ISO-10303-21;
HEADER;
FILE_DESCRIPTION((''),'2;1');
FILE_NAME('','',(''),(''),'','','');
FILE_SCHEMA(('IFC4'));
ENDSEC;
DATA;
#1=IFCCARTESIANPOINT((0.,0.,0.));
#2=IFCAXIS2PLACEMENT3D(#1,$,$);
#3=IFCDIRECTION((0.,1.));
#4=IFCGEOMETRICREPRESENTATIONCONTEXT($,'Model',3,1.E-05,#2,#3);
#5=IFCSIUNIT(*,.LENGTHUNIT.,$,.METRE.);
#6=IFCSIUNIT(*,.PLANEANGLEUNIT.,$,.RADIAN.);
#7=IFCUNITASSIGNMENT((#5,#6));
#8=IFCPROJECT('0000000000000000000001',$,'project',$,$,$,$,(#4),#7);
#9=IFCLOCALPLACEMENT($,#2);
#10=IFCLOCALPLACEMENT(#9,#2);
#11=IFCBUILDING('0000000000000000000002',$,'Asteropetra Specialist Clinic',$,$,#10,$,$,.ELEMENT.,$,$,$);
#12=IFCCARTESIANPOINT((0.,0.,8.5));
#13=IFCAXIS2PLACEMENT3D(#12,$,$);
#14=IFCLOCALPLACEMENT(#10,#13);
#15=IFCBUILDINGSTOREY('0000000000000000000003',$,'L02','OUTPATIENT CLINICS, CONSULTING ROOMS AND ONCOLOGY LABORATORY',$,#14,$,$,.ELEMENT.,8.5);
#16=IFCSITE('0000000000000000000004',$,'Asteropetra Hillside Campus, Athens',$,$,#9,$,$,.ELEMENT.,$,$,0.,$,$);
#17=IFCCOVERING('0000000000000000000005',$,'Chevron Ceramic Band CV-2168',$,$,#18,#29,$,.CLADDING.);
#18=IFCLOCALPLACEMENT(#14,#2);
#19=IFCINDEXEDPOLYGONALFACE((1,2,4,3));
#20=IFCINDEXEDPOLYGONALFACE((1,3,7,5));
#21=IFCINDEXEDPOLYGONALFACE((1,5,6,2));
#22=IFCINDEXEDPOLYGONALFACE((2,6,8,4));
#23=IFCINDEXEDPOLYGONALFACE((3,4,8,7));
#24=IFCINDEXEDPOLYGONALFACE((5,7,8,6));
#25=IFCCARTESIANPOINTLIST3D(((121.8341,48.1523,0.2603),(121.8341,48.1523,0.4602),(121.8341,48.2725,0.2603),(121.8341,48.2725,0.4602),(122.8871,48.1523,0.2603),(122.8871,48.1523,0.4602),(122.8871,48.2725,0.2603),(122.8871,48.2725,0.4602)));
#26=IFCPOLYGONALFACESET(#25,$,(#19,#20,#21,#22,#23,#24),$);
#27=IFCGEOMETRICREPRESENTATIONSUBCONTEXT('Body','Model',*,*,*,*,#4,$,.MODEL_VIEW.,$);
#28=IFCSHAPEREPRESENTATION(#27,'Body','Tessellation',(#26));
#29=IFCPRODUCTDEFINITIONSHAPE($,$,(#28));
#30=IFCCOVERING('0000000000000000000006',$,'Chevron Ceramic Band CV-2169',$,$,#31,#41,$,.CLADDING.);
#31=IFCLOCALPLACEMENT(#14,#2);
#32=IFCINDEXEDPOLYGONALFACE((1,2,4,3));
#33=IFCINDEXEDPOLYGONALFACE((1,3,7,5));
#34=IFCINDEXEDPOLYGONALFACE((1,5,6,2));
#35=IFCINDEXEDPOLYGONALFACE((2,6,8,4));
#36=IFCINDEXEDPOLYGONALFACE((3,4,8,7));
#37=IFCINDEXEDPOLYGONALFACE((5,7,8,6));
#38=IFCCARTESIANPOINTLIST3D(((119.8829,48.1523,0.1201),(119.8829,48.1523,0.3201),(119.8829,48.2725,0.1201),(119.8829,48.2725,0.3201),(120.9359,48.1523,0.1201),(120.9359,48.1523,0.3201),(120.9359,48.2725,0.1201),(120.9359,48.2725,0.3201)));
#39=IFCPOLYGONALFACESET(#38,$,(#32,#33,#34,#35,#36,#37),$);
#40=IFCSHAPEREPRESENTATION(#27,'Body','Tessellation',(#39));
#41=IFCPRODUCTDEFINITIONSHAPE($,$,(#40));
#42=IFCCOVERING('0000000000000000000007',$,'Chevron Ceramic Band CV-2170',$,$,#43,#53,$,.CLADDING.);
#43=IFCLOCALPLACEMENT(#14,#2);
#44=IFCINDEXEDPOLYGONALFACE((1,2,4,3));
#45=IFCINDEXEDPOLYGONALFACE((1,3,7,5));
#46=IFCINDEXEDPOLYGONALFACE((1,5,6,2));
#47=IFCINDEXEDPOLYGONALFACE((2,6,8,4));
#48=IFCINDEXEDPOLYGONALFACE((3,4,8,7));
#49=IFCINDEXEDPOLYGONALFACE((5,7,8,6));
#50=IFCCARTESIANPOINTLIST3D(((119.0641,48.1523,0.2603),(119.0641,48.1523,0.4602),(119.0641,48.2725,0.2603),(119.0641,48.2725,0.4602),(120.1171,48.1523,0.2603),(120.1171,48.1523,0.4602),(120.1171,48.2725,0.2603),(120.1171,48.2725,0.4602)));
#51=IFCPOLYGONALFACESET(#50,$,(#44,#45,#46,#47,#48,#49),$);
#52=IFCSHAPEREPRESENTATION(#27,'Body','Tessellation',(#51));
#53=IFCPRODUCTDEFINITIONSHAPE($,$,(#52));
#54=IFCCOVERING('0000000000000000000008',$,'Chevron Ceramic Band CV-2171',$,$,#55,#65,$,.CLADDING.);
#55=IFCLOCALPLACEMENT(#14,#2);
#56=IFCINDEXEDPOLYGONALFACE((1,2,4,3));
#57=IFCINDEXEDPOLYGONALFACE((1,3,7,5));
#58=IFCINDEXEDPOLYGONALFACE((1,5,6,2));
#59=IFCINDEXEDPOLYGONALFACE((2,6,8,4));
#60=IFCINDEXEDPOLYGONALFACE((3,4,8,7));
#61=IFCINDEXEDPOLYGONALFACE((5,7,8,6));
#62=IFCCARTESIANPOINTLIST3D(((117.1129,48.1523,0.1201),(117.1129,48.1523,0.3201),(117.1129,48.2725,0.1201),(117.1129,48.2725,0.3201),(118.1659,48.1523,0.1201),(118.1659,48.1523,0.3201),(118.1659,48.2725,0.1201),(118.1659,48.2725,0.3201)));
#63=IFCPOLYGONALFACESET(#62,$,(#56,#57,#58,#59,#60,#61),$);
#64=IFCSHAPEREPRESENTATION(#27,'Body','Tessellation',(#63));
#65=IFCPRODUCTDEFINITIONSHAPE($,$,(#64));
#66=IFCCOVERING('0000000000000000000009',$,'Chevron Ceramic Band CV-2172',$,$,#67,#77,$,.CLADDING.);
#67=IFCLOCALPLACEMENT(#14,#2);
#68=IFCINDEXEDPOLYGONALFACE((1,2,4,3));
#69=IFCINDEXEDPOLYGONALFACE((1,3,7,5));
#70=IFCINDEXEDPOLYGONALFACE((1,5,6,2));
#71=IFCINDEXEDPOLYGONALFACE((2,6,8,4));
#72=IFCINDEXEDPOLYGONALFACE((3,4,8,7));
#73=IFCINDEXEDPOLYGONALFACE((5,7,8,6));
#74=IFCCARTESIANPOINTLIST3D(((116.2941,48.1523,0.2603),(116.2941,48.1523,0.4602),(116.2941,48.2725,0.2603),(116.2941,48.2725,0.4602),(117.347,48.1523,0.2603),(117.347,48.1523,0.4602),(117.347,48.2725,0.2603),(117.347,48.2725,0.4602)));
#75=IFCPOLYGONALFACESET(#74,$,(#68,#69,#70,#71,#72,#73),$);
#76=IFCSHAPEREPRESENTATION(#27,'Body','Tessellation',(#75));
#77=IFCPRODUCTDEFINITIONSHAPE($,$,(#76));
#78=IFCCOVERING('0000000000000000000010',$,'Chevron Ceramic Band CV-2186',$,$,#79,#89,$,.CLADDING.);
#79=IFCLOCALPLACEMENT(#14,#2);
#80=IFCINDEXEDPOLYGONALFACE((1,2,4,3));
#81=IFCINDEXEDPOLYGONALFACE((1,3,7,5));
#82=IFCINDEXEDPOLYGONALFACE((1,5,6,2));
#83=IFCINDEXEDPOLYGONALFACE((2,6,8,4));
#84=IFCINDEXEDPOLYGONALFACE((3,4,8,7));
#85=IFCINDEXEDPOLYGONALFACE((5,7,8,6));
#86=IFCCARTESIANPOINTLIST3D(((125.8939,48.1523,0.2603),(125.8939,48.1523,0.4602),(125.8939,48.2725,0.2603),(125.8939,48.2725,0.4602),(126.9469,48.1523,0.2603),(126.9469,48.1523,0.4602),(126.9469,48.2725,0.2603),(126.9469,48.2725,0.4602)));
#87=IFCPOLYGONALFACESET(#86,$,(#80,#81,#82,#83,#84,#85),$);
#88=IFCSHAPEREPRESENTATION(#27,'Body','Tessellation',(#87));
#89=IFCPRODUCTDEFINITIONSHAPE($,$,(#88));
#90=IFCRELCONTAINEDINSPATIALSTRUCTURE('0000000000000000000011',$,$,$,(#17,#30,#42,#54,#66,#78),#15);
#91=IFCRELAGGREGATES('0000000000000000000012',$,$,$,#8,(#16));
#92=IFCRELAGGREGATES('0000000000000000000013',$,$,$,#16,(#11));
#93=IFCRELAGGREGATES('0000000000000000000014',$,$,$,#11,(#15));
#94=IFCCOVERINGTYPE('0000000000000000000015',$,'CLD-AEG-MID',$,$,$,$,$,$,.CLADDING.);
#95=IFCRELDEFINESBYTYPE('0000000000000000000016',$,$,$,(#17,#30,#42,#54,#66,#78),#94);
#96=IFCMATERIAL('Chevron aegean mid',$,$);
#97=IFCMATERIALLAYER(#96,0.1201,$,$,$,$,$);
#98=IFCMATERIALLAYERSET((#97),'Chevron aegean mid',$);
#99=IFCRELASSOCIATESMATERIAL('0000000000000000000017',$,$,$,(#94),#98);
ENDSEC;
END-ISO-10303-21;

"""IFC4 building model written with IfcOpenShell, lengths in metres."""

from ifc_helpers import new_model, si_unit, direction, frame, origin, origin_2d, place, context, subcontext, project, spatial, rectangle, extrude, material, layer, layer_set, type_object, element, save


model = new_model("IFC4")

# Units and contexts
model_context = context("Model", 3, precision=1e-05, world=origin(), true_north=direction((0.0, 1.0)))
body_context = subcontext(model_context, "Body", "Model", "MODEL_VIEW")
ifc_project = project(units=[si_unit("LENGTHUNIT", "METRE"), si_unit("PLANEANGLEUNIT", "RADIAN")], contexts=[model_context])

# Site, building, storey
site_placement = place(None, origin())
site = spatial("IfcSite", under=ifc_project, at=site_placement, Name="Asteropetra Hillside Campus, Athens", CompositionType="ELEMENT", RefElevation=0.0)
building_placement = place(site_placement, origin())
building = spatial("IfcBuilding", under=site, at=building_placement, Name="Asteropetra Specialist Clinic", CompositionType="ELEMENT")
storey_placement = place(building_placement, frame((0.0, 0.0, 8.5)))
storey = spatial("IfcBuildingStorey", under=building, at=storey_placement, Name="L02", Description="OUTPATIENT CLINICS, CONSULTING ROOMS AND ONCOLOGY LABORATORY", CompositionType="ELEMENT", Elevation=8.5)

# Coverings
ifc_material_1 = material(Name="Chevron aegean mid")
ifc_layer_1 = layer(ifc_material_1, 0.1201)
ifc_layer_set_1 = layer_set([ifc_layer_1], Name="Chevron aegean mid")
covering_type = type_object("IfcCoveringType", Name="CLD-AEG-MID", PredefinedType="CLADDING", material=ifc_layer_set_1)
for number, where, z_axis, x_axis, name in (
    (1, (122.3606, 48.2124, 0.2603), (0.0, 0.0, 1.0), (1.0, 0.0, 0.0), "Chevron Ceramic Band CV-2168"),
    (2, (120.4094, 48.2124, 0.1201), (0.0, 0.0, 1.0), (1.0, 0.0, 0.0), "Chevron Ceramic Band CV-2169"),
    (3, (119.5906, 48.2124, 0.2603), (0.0, 0.0, 1.0), (1.0, 0.0, 0.0), "Chevron Ceramic Band CV-2170"),
    (4, (117.6394, 48.2124, 0.1201), (0.0, 0.0, 1.0), (1.0, 0.0, 0.0), "Chevron Ceramic Band CV-2171"),
    (5, (116.8206, 48.2124, 0.2603), (0.0, 0.0, 1.0), (1.0, 0.0, 0.0), "Chevron Ceramic Band CV-2172"),
    (6, (126.4204, 48.2124, 0.2603), (0.0, 0.0, 1.0), (1.0, 0.0, 0.0), "Chevron Ceramic Band CV-2186"),
):
    element("IfcCovering", number, at=place(storey_placement, frame(where, z_axis=z_axis, x_axis=x_axis)), inside=storey, type_object=covering_type, Name=name, PredefinedType="CLADDING", context=body_context, shape_type="SweptSolid", body=[
        extrude(rectangle(XDim=1.053, YDim=0.1201, at=origin_2d()), origin(), (0.0, 0.0, 1.0), 0.2),
    ])

save(model, "model.ifc")
